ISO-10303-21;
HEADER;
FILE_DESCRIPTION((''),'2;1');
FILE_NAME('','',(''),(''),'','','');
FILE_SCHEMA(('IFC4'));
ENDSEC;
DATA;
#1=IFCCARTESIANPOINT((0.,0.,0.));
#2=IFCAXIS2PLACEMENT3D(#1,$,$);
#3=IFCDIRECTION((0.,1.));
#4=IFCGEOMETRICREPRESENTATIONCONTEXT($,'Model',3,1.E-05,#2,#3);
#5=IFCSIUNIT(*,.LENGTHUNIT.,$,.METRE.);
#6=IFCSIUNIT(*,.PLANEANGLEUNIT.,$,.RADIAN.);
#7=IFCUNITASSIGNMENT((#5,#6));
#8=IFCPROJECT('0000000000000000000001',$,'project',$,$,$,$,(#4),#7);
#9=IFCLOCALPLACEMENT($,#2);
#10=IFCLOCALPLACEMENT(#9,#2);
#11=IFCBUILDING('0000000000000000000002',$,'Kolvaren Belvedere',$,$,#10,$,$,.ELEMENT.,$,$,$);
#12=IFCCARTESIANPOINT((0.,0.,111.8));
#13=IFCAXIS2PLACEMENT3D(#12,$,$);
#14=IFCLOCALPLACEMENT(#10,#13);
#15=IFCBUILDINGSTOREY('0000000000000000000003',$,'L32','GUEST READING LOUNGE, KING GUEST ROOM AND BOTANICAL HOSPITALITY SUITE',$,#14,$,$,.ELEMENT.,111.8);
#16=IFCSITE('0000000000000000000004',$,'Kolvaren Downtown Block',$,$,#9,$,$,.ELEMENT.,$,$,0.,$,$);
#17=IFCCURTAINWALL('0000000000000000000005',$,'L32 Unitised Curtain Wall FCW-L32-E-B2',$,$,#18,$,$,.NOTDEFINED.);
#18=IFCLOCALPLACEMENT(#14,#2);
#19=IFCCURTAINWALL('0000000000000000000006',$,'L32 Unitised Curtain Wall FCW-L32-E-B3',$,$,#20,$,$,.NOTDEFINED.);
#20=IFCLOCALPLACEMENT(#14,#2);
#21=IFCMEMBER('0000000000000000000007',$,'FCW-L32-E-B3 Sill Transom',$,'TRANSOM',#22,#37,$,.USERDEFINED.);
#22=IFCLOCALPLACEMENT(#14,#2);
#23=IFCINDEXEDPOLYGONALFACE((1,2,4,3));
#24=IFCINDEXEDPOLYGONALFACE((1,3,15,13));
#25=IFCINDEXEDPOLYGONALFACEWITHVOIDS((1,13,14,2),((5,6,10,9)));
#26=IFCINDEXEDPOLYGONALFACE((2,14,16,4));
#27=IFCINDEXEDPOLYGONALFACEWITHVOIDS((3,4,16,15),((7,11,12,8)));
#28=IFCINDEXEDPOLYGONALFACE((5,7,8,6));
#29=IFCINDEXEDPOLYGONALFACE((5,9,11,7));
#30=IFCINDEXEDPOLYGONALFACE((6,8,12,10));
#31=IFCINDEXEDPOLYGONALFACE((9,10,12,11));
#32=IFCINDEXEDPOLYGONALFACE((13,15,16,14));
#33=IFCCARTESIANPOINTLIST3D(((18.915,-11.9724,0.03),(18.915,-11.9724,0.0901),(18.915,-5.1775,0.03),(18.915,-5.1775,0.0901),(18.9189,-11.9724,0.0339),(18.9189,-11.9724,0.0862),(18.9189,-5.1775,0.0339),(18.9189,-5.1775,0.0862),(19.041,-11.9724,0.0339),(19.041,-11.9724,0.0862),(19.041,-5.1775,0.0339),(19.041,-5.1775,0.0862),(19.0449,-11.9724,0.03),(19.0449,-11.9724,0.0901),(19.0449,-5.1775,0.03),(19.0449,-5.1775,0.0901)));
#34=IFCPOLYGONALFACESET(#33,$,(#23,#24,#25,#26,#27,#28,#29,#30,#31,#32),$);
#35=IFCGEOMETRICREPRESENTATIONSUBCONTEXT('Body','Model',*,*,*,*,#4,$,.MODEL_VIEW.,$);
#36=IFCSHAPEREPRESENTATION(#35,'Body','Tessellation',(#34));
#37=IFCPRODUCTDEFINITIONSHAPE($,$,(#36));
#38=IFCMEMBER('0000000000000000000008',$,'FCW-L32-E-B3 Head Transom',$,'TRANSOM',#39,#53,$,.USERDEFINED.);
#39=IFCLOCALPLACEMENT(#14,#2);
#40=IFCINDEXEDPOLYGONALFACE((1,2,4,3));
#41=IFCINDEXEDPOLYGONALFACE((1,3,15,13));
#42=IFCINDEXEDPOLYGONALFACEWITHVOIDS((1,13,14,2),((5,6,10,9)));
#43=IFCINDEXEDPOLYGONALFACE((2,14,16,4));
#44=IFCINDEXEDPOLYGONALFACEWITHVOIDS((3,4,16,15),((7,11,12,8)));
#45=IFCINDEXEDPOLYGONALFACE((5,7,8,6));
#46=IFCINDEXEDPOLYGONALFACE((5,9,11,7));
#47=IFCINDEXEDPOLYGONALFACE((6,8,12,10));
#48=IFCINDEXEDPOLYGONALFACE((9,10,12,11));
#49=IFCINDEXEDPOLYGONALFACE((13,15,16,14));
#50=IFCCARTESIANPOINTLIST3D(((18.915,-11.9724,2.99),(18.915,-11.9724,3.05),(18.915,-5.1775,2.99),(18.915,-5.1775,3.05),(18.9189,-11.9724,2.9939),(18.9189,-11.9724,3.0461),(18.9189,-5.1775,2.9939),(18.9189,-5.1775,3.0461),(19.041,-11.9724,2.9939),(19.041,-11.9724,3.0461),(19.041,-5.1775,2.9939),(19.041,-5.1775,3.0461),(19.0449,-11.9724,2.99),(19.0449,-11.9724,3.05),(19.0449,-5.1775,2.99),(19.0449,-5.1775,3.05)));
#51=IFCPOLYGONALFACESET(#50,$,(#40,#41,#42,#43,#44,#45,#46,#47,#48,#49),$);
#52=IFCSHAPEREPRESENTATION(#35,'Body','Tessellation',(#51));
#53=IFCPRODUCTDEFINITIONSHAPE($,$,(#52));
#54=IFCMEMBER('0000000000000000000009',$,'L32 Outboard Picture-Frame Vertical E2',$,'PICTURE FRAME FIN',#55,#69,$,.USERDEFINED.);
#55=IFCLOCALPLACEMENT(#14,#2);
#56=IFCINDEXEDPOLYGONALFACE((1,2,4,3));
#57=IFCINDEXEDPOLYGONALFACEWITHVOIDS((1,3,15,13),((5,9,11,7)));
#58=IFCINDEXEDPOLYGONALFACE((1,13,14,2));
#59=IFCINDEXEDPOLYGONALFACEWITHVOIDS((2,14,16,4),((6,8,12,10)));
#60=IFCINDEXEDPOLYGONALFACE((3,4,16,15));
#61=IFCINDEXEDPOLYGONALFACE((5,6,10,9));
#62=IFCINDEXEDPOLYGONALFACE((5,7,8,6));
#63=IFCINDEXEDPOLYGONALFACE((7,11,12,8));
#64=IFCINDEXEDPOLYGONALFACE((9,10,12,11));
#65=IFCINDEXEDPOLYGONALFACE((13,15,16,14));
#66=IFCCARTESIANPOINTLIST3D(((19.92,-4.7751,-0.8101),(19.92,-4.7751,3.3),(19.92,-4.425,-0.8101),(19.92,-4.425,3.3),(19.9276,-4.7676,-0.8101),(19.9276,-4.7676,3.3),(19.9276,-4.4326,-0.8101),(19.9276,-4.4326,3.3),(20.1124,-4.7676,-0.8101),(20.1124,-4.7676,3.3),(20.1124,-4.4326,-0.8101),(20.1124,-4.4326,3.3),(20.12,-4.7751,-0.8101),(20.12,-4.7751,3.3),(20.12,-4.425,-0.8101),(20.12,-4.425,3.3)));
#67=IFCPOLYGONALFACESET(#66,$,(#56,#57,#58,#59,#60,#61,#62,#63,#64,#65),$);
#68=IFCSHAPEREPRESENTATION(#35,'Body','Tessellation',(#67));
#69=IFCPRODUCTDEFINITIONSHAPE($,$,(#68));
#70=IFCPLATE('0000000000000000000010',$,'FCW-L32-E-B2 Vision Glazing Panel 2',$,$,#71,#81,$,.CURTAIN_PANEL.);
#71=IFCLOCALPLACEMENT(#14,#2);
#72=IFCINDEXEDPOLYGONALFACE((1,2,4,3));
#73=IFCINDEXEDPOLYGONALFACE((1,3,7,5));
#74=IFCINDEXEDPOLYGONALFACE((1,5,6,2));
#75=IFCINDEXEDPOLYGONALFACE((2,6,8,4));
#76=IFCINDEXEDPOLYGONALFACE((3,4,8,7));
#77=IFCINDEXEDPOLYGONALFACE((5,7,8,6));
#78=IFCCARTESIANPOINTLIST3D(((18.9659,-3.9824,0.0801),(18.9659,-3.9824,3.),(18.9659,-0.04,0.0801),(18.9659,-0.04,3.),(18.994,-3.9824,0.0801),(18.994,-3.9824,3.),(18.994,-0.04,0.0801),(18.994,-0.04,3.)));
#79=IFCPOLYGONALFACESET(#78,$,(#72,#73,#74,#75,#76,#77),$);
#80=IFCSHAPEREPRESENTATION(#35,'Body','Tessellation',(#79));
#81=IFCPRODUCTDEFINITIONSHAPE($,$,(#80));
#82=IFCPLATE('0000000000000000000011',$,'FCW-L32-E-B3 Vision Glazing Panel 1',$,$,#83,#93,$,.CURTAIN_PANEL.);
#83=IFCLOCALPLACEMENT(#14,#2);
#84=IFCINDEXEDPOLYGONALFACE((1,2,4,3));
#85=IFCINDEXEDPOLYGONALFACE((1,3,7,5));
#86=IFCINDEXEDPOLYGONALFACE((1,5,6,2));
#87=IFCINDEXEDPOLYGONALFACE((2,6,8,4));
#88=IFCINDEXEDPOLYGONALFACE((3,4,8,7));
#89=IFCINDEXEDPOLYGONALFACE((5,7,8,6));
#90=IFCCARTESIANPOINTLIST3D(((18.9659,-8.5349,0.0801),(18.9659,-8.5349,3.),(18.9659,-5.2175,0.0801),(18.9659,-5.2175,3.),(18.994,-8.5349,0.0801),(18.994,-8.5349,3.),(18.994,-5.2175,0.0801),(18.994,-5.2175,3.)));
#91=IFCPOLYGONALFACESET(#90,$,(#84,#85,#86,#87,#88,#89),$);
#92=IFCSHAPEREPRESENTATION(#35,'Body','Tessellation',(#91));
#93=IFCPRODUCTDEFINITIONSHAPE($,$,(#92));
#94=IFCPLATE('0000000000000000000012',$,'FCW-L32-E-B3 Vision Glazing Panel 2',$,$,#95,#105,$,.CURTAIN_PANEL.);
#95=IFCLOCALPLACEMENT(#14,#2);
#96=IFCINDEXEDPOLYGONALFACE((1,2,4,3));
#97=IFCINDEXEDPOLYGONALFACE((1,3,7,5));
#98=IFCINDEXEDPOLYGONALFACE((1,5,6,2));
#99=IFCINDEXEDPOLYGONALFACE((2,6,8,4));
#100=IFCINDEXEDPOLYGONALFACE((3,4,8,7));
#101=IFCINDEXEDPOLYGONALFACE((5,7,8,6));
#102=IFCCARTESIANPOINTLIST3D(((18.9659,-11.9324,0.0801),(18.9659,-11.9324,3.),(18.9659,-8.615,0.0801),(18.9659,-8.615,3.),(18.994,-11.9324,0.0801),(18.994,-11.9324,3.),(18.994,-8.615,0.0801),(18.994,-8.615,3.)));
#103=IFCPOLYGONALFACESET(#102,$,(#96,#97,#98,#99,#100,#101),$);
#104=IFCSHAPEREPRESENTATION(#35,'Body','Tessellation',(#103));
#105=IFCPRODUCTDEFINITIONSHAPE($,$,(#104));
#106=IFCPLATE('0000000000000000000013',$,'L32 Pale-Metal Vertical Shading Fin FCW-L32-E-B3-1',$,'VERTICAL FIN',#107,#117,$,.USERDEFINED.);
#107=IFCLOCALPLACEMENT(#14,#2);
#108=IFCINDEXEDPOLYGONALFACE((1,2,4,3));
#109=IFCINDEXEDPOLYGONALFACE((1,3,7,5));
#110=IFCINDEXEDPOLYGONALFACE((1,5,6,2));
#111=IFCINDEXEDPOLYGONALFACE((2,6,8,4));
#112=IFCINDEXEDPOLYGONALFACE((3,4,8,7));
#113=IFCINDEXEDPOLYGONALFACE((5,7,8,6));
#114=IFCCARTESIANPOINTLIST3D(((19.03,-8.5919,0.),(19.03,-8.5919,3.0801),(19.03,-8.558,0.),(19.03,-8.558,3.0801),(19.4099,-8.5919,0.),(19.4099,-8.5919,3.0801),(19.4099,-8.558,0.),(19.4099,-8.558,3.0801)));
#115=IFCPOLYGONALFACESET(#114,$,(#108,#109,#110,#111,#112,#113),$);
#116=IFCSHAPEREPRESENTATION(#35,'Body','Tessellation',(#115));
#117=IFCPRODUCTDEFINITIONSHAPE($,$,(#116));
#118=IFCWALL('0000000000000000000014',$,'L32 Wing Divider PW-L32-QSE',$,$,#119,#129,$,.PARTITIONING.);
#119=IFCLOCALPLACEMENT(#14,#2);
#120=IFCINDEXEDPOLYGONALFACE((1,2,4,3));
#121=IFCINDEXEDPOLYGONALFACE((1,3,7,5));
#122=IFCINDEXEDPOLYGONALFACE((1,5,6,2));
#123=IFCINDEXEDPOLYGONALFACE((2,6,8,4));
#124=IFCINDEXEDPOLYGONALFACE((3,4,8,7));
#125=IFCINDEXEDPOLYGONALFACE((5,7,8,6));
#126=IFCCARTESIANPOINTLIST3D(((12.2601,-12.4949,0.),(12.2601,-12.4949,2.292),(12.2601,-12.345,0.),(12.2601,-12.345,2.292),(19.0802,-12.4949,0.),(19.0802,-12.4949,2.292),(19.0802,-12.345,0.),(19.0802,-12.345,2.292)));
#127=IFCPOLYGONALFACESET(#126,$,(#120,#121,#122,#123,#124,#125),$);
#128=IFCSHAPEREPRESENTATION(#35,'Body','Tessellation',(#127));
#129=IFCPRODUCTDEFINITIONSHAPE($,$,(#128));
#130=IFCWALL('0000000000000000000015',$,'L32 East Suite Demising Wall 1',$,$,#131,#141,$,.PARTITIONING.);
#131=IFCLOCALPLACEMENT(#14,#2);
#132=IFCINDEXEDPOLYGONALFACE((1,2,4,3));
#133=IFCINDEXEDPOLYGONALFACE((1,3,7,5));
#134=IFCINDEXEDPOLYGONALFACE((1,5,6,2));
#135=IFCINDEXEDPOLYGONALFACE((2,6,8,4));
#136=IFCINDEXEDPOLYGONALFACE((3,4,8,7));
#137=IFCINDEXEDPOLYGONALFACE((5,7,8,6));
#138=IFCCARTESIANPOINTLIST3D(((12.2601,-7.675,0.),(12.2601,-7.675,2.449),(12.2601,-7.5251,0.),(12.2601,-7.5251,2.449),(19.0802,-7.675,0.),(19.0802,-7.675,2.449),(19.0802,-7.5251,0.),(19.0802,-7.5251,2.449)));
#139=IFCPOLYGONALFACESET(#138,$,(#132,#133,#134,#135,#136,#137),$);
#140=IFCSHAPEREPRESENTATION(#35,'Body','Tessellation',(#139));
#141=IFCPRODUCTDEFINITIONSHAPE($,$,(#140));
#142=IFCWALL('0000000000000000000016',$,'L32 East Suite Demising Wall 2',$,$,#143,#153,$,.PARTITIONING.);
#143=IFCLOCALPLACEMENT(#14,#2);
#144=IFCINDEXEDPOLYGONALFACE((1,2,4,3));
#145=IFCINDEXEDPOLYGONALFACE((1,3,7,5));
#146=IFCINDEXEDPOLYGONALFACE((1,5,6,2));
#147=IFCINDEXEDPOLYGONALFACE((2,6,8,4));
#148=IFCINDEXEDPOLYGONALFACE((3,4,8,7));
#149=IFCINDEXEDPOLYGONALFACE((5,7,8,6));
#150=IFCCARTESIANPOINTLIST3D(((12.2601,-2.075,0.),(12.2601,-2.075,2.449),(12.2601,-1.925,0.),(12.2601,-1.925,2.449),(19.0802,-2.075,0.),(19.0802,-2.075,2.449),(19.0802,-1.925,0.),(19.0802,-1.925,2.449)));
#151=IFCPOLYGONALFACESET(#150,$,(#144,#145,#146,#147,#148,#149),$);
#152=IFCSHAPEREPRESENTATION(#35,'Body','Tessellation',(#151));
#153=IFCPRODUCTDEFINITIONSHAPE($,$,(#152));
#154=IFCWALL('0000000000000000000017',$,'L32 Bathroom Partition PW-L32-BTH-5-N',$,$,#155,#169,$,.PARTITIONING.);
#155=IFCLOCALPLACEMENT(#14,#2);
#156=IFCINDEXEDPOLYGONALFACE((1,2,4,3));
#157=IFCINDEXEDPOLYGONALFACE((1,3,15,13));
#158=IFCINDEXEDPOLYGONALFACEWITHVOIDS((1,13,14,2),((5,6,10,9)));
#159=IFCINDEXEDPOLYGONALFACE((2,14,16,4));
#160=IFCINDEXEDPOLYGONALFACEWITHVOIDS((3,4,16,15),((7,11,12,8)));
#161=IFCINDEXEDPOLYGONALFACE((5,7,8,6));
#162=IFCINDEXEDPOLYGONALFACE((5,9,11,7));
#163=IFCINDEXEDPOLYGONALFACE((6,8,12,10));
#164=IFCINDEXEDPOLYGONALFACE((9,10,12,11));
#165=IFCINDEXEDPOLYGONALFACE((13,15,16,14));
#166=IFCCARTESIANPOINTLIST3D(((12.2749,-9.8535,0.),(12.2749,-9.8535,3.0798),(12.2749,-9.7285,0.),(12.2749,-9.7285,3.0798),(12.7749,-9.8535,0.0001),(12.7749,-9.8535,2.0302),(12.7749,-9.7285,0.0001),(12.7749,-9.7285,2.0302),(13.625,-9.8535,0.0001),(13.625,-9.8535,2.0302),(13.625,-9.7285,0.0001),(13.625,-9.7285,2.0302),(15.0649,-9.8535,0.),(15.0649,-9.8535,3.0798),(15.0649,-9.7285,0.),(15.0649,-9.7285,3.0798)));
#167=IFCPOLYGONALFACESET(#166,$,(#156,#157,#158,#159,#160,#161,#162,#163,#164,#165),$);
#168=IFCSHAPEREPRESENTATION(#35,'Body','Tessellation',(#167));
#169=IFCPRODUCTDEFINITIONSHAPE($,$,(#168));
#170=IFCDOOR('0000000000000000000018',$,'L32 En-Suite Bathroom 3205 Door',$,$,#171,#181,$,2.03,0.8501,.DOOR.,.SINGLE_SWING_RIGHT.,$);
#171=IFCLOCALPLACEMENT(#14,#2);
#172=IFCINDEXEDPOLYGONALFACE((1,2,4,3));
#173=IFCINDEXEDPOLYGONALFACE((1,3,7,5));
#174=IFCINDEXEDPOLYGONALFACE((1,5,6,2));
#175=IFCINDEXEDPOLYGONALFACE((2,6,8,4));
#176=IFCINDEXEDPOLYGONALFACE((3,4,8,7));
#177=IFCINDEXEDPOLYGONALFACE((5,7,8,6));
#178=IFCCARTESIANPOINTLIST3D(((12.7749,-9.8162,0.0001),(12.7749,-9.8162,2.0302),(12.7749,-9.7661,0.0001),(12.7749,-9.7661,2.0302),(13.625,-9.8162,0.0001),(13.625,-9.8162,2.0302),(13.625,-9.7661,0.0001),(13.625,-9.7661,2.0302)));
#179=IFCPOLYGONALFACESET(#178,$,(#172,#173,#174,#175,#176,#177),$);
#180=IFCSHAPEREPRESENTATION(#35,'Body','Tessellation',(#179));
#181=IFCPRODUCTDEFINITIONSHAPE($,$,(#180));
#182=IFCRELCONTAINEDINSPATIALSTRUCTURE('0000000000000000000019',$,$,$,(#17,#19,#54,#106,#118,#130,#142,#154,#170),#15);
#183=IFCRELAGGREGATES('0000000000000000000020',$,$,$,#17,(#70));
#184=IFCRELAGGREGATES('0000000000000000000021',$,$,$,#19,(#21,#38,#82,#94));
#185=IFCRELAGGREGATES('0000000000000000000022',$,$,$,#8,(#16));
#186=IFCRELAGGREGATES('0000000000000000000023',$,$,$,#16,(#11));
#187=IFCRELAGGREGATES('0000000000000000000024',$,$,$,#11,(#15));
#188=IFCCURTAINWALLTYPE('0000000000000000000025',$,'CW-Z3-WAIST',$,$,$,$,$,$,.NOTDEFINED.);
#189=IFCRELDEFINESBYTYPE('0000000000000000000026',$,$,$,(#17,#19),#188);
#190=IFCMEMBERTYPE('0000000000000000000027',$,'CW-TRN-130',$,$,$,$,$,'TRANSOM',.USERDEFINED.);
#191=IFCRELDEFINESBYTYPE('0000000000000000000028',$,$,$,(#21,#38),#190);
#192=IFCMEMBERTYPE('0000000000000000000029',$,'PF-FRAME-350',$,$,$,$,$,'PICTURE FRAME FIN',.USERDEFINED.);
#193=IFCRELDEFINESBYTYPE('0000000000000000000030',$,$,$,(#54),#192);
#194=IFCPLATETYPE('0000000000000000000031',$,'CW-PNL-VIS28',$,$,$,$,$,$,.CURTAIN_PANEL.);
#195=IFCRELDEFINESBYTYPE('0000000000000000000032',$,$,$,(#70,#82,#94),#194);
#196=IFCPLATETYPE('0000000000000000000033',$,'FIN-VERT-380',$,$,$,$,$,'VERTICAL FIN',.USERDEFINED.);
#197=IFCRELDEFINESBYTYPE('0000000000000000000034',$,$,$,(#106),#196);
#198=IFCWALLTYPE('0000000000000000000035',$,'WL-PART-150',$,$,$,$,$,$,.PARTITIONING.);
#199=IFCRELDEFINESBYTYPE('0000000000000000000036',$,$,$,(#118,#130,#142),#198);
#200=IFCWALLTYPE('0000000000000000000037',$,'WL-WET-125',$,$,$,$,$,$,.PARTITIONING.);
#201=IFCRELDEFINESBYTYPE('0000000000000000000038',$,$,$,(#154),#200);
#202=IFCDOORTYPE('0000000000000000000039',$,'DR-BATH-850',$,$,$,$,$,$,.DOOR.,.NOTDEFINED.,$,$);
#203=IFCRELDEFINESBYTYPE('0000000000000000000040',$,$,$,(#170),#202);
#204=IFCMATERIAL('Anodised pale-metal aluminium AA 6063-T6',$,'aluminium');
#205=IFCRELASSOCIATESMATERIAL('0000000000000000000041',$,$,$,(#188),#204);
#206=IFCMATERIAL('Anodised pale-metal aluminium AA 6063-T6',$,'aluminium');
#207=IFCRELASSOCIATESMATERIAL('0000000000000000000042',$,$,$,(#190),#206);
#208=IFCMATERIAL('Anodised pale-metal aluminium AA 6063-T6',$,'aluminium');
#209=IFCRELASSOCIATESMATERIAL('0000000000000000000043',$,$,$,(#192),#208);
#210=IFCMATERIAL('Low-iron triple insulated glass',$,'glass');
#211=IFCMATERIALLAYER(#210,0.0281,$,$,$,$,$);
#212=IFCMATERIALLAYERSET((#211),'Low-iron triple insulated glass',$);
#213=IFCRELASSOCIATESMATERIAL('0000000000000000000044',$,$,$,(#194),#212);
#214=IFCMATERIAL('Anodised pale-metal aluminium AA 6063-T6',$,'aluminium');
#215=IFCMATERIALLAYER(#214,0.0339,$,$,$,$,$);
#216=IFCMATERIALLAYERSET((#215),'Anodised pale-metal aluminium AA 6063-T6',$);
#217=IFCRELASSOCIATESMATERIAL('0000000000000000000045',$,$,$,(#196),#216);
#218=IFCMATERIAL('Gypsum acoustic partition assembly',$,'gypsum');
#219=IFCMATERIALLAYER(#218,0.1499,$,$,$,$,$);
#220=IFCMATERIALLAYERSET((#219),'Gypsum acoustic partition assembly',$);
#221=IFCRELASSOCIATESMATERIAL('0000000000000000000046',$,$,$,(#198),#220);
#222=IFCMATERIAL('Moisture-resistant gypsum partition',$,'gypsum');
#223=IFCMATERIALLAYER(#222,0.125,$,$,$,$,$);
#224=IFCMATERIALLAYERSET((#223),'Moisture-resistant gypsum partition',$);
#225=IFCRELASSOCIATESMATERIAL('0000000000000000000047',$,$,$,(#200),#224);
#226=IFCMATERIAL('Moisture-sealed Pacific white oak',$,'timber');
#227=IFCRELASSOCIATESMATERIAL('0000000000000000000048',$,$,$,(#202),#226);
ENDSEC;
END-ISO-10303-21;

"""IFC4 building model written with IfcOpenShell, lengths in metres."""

from ifc_helpers import new_model, si_unit, direction, frame, frame_2d, origin, origin_2d, place, context, subcontext, project, spatial, rectangle, hollow_rectangle, extrude, material, layer, layer_set, material_profile, profile_set, type_object, element, fill, aggregate, save


model = new_model("IFC4")

# Units and contexts
model_context = context("Model", 3, precision=1e-05, world=origin(), true_north=direction((0.0, 1.0)))
body_context = subcontext(model_context, "Body", "Model", "MODEL_VIEW")
ifc_project = project(units=[si_unit("LENGTHUNIT", "METRE"), si_unit("PLANEANGLEUNIT", "RADIAN")], contexts=[model_context])

# Site, building, storey
site_placement = place(None, origin())
site = spatial("IfcSite", under=ifc_project, at=site_placement, Name="Kolvaren Downtown Block", CompositionType="ELEMENT", RefElevation=0.0)
building_placement = place(site_placement, origin())
building = spatial("IfcBuilding", under=site, at=building_placement, Name="Kolvaren Belvedere", CompositionType="ELEMENT")
storey_placement = place(building_placement, frame((0.0, 0.0, 111.8)))
storey = spatial("IfcBuildingStorey", under=building, at=storey_placement, Name="L32", Description="GUEST READING LOUNGE, KING GUEST ROOM AND BOTANICAL HOSPITALITY SUITE", CompositionType="ELEMENT", Elevation=111.8)

# Curtain wall
ifc_material_1 = material(Name="Anodised pale-metal aluminium AA 6063-T6", Category="aluminium")
curtain_wall_type = type_object("IfcCurtainWallType", Name="CW-Z3-WAIST", PredefinedType="NOTDEFINED", material=ifc_material_1)
curtain_wall_1_placement = place(storey_placement, origin())
curtain_wall_1 = element("IfcCurtainWall", 1, at=curtain_wall_1_placement, inside=storey, type_object=curtain_wall_type, Name="L32 Unitised Curtain Wall FCW-L32-E-B2", PredefinedType="NOTDEFINED")

# Curtain wall, members
curtain_wall_2_placement = place(storey_placement, origin())
curtain_wall_2 = element("IfcCurtainWall", 2, at=curtain_wall_2_placement, inside=storey, type_object=curtain_wall_type, Name="L32 Unitised Curtain Wall FCW-L32-E-B3", PredefinedType="NOTDEFINED")
ifc_material_2 = material(Name="Anodised pale-metal aluminium AA 6063-T6", Category="aluminium")
ifc_material_profile_1 = material_profile(ifc_material_2, hollow_rectangle(XDim=0.0601, YDim=0.1299, WallThickness=0.0039, at=origin_2d()), Name="ALU-TRN-130X60")
ifc_profile_set_1 = profile_set([ifc_material_profile_1], Name="Anodised pale-metal aluminium AA 6063-T6")
member_type_1 = type_object("IfcMemberType", Name="CW-TRN-130", ElementType="TRANSOM", PredefinedType="USERDEFINED", material=ifc_profile_set_1)
member_1_placement = place(storey_placement, frame((18.98, -5.1775, 0.0601), z_axis=(0.0, -1.0, 0.0), x_axis=(0.0, 0.0, 1.0)))
member_1 = element("IfcMember", 3, at=member_1_placement, type_object=member_type_1, Name="FCW-L32-E-B3 Sill Transom", ObjectType="TRANSOM", PredefinedType="USERDEFINED", context=body_context, shape_type="SweptSolid", body=[
    extrude(hollow_rectangle(XDim=0.0601, YDim=0.1299, WallThickness=0.0039, at=origin_2d()), origin(), (0.0, 0.0, 1.0), 6.7949),
])
member_2_placement = place(storey_placement, frame((18.98, -5.1775, 3.02), z_axis=(0.0, -1.0, 0.0), x_axis=(0.0, 0.0, 1.0)))
member_2 = element("IfcMember", 4, at=member_2_placement, type_object=member_type_1, Name="FCW-L32-E-B3 Head Transom", ObjectType="TRANSOM", PredefinedType="USERDEFINED", context=body_context, shape_type="SweptSolid", body=[
    extrude(hollow_rectangle(XDim=0.0601, YDim=0.1299, WallThickness=0.0039, at=origin_2d()), origin(), (0.0, 0.0, 1.0), 6.7949),
])

# Member
ifc_material_3 = material(Name="Anodised pale-metal aluminium AA 6063-T6", Category="aluminium")
ifc_material_profile_2 = material_profile(ifc_material_3, hollow_rectangle(XDim=0.2, YDim=0.3501, WallThickness=0.0076, at=origin_2d()), Name="ALU-PF-350X200")
ifc_profile_set_2 = profile_set([ifc_material_profile_2], Name="Anodised pale-metal aluminium AA 6063-T6")
member_type_2 = type_object("IfcMemberType", Name="PF-FRAME-350", ElementType="PICTURE FRAME FIN", PredefinedType="USERDEFINED", material=ifc_profile_set_2)
member_3_placement = place(storey_placement, frame((20.02, -4.6001, -0.8101), z_axis=(0.0, 0.0, 1.0), x_axis=(1.0, 0.0, 0.0)))
element("IfcMember", 5, at=member_3_placement, inside=storey, type_object=member_type_2, Name="L32 Outboard Picture-Frame Vertical E2", ObjectType="PICTURE FRAME FIN", PredefinedType="USERDEFINED", context=body_context, shape_type="SweptSolid", body=[
    extrude(hollow_rectangle(XDim=0.2, YDim=0.3501, WallThickness=0.0076, at=origin_2d()), origin(), (0.0, 0.0, 1.0), 4.1101),
])

# Plates
ifc_material_4 = material(Name="Low-iron triple insulated glass", Category="glass")
ifc_layer_1 = layer(ifc_material_4, 0.0281)
ifc_layer_set_1 = layer_set([ifc_layer_1], Name="Low-iron triple insulated glass")
plate_type_1 = type_object("IfcPlateType", Name="CW-PNL-VIS28", PredefinedType="CURTAIN_PANEL", material=ifc_layer_set_1)
plate_1_placement = place(storey_placement, frame((18.98, -2.0112, 0.0801), z_axis=(0.0, 0.0, 1.0), x_axis=(0.0, -1.0, 0.0)))
plate_1 = element("IfcPlate", 6, at=plate_1_placement, type_object=plate_type_1, Name="FCW-L32-E-B2 Vision Glazing Panel 2", PredefinedType="CURTAIN_PANEL", context=body_context, shape_type="SweptSolid", body=[
    extrude(rectangle(XDim=3.9424, YDim=0.0281, at=origin_2d()), origin(), (0.0, 0.0, 1.0), 2.9199),
])
aggregate(curtain_wall_1, [plate_1])
plate_2_placement = place(storey_placement, frame((18.98, -6.8762, 0.0801), z_axis=(0.0, 0.0, 1.0), x_axis=(0.0, -1.0, 0.0)))
plate_2 = element("IfcPlate", 7, at=plate_2_placement, type_object=plate_type_1, Name="FCW-L32-E-B3 Vision Glazing Panel 1", PredefinedType="CURTAIN_PANEL", context=body_context, shape_type="SweptSolid", body=[
    extrude(rectangle(XDim=3.3174, YDim=0.0281, at=origin_2d()), origin(), (0.0, 0.0, 1.0), 2.9199),
])
plate_3_placement = place(storey_placement, frame((18.98, -10.2737, 0.0801), z_axis=(0.0, 0.0, 1.0), x_axis=(0.0, -1.0, 0.0)))
plate_3 = element("IfcPlate", 8, at=plate_3_placement, type_object=plate_type_1, Name="FCW-L32-E-B3 Vision Glazing Panel 2", PredefinedType="CURTAIN_PANEL", context=body_context, shape_type="SweptSolid", body=[
    extrude(rectangle(XDim=3.3174, YDim=0.0281, at=origin_2d()), origin(), (0.0, 0.0, 1.0), 2.9199),
])
aggregate(curtain_wall_2, [member_1, member_2, plate_2, plate_3])
ifc_material_5 = material(Name="Anodised pale-metal aluminium AA 6063-T6", Category="aluminium")
ifc_layer_2 = layer(ifc_material_5, 0.0339)
ifc_layer_set_2 = layer_set([ifc_layer_2], Name="Anodised pale-metal aluminium AA 6063-T6")
plate_type_2 = type_object("IfcPlateType", Name="FIN-VERT-380", ElementType="VERTICAL FIN", PredefinedType="USERDEFINED", material=ifc_layer_set_2)
plate_4_placement = place(storey_placement, frame((19.22, -8.575, 0.0), z_axis=(0.0, 0.0, 1.0), x_axis=(1.0, 0.0, 0.0)))
element("IfcPlate", 9, at=plate_4_placement, inside=storey, type_object=plate_type_2, Name="L32 Pale-Metal Vertical Shading Fin FCW-L32-E-B3-1", ObjectType="VERTICAL FIN", PredefinedType="USERDEFINED", context=body_context, shape_type="SweptSolid", body=[
    extrude(rectangle(XDim=0.3799, YDim=0.0339, at=origin_2d()), origin(), (0.0, 0.0, 1.0), 3.0801),
])

# Walls
ifc_material_6 = material(Name="Gypsum acoustic partition assembly", Category="gypsum")
ifc_layer_3 = layer(ifc_material_6, 0.1499)
ifc_layer_set_3 = layer_set([ifc_layer_3], Name="Gypsum acoustic partition assembly")
wall_type_1 = type_object("IfcWallType", Name="WL-PART-150", PredefinedType="PARTITIONING", material=ifc_layer_set_3)
wall_1_placement = place(storey_placement, frame((12.26, -12.4199, 0.0), z_axis=(0.0, 0.0, 1.0), x_axis=(1.0, 0.0, 0.0)))
element("IfcWall", 10, at=wall_1_placement, inside=storey, type_object=wall_type_1, Name="L32 Wing Divider PW-L32-QSE", PredefinedType="PARTITIONING", context=body_context, shape_type="SweptSolid", body=[
    extrude(rectangle(XDim=6.8201, YDim=0.1499, at=frame_2d((3.4102, 0.0))), origin(), (0.0, 0.0, 1.0), 2.292),
])
for number, where, z_axis, x_axis, name in (
    (11, (12.26, -7.6001, 0.0), (0.0, 0.0, 1.0), (1.0, 0.0, 0.0), "L32 East Suite Demising Wall 1"),
    (12, (12.26, -2.0, 0.0), (0.0, 0.0, 1.0), (1.0, 0.0, 0.0), "L32 East Suite Demising Wall 2"),
):
    element("IfcWall", number, at=place(storey_placement, frame(where, z_axis=z_axis, x_axis=x_axis)), inside=storey, type_object=wall_type_1, Name=name, PredefinedType="PARTITIONING", context=body_context, shape_type="SweptSolid", body=[
        extrude(rectangle(XDim=6.8201, YDim=0.1499, at=frame_2d((3.4102, 0.0))), origin(), (0.0, 0.0, 1.0), 2.449),
    ])

# Wall, opening, door
ifc_material_7 = material(Name="Moisture-resistant gypsum partition", Category="gypsum")
ifc_layer_4 = layer(ifc_material_7, 0.125)
ifc_layer_set_4 = layer_set([ifc_layer_4], Name="Moisture-resistant gypsum partition")
wall_type_2 = type_object("IfcWallType", Name="WL-WET-125", PredefinedType="PARTITIONING", material=ifc_layer_set_4)
wall_2_placement = place(storey_placement, frame((12.2749, -9.791, 0.0), z_axis=(0.0, 0.0, 1.0), x_axis=(1.0, 0.0, 0.0)))
wall_2 = element("IfcWall", 13, at=wall_2_placement, inside=storey, type_object=wall_type_2, Name="L32 Bathroom Partition PW-L32-BTH-5-N", PredefinedType="PARTITIONING", context=body_context, shape_type="SweptSolid", body=[
    extrude(rectangle(XDim=2.79, YDim=0.125, at=frame_2d((1.395, 0.0))), origin(), (0.0, 0.0, 1.0), 3.0798),
])
opening_1_placement = place(wall_2_placement, frame((0.5, 0.0, 0.0)))
opening_1 = element("IfcOpeningElement", 14, at=opening_1_placement, cuts=wall_2, PredefinedType="OPENING", context=body_context, shape_type="SweptSolid", body=[
    extrude(rectangle(XDim=0.8501, YDim=2.03, at=frame_2d((0.425, 1.0151))), frame((0.0, 0.0725, 0.0), z_axis=(0.0, -1.0, 0.0), x_axis=(1.0, 0.0, 0.0)), (0.0, 0.0, 1.0), 0.145),
])
ifc_material_8 = material(Name="Moisture-sealed Pacific white oak", Category="timber")
door_type = type_object("IfcDoorType", Name="DR-BATH-850", OperationType="NOTDEFINED", PredefinedType="DOOR", material=ifc_material_8)
door_1_placement = place(opening_1_placement, origin())
door_1 = element("IfcDoor", 15, at=door_1_placement, inside=storey, type_object=door_type, Name="L32 En-Suite Bathroom 3205 Door", OperationType="SINGLE_SWING_RIGHT", OverallHeight=2.03, OverallWidth=0.8501, PredefinedType="DOOR", context=body_context, shape_type="SweptSolid", body=[
    extrude(rectangle(XDim=0.8501, YDim=2.03, at=frame_2d((0.425, 1.0151))), frame((0.0, 0.0249, 0.0), z_axis=(0.0, -1.0, 0.0), x_axis=(1.0, 0.0, 0.0)), (0.0, 0.0, 1.0), 0.05),
])
fill(opening_1, door_1)

save(model, "model.ifc")
